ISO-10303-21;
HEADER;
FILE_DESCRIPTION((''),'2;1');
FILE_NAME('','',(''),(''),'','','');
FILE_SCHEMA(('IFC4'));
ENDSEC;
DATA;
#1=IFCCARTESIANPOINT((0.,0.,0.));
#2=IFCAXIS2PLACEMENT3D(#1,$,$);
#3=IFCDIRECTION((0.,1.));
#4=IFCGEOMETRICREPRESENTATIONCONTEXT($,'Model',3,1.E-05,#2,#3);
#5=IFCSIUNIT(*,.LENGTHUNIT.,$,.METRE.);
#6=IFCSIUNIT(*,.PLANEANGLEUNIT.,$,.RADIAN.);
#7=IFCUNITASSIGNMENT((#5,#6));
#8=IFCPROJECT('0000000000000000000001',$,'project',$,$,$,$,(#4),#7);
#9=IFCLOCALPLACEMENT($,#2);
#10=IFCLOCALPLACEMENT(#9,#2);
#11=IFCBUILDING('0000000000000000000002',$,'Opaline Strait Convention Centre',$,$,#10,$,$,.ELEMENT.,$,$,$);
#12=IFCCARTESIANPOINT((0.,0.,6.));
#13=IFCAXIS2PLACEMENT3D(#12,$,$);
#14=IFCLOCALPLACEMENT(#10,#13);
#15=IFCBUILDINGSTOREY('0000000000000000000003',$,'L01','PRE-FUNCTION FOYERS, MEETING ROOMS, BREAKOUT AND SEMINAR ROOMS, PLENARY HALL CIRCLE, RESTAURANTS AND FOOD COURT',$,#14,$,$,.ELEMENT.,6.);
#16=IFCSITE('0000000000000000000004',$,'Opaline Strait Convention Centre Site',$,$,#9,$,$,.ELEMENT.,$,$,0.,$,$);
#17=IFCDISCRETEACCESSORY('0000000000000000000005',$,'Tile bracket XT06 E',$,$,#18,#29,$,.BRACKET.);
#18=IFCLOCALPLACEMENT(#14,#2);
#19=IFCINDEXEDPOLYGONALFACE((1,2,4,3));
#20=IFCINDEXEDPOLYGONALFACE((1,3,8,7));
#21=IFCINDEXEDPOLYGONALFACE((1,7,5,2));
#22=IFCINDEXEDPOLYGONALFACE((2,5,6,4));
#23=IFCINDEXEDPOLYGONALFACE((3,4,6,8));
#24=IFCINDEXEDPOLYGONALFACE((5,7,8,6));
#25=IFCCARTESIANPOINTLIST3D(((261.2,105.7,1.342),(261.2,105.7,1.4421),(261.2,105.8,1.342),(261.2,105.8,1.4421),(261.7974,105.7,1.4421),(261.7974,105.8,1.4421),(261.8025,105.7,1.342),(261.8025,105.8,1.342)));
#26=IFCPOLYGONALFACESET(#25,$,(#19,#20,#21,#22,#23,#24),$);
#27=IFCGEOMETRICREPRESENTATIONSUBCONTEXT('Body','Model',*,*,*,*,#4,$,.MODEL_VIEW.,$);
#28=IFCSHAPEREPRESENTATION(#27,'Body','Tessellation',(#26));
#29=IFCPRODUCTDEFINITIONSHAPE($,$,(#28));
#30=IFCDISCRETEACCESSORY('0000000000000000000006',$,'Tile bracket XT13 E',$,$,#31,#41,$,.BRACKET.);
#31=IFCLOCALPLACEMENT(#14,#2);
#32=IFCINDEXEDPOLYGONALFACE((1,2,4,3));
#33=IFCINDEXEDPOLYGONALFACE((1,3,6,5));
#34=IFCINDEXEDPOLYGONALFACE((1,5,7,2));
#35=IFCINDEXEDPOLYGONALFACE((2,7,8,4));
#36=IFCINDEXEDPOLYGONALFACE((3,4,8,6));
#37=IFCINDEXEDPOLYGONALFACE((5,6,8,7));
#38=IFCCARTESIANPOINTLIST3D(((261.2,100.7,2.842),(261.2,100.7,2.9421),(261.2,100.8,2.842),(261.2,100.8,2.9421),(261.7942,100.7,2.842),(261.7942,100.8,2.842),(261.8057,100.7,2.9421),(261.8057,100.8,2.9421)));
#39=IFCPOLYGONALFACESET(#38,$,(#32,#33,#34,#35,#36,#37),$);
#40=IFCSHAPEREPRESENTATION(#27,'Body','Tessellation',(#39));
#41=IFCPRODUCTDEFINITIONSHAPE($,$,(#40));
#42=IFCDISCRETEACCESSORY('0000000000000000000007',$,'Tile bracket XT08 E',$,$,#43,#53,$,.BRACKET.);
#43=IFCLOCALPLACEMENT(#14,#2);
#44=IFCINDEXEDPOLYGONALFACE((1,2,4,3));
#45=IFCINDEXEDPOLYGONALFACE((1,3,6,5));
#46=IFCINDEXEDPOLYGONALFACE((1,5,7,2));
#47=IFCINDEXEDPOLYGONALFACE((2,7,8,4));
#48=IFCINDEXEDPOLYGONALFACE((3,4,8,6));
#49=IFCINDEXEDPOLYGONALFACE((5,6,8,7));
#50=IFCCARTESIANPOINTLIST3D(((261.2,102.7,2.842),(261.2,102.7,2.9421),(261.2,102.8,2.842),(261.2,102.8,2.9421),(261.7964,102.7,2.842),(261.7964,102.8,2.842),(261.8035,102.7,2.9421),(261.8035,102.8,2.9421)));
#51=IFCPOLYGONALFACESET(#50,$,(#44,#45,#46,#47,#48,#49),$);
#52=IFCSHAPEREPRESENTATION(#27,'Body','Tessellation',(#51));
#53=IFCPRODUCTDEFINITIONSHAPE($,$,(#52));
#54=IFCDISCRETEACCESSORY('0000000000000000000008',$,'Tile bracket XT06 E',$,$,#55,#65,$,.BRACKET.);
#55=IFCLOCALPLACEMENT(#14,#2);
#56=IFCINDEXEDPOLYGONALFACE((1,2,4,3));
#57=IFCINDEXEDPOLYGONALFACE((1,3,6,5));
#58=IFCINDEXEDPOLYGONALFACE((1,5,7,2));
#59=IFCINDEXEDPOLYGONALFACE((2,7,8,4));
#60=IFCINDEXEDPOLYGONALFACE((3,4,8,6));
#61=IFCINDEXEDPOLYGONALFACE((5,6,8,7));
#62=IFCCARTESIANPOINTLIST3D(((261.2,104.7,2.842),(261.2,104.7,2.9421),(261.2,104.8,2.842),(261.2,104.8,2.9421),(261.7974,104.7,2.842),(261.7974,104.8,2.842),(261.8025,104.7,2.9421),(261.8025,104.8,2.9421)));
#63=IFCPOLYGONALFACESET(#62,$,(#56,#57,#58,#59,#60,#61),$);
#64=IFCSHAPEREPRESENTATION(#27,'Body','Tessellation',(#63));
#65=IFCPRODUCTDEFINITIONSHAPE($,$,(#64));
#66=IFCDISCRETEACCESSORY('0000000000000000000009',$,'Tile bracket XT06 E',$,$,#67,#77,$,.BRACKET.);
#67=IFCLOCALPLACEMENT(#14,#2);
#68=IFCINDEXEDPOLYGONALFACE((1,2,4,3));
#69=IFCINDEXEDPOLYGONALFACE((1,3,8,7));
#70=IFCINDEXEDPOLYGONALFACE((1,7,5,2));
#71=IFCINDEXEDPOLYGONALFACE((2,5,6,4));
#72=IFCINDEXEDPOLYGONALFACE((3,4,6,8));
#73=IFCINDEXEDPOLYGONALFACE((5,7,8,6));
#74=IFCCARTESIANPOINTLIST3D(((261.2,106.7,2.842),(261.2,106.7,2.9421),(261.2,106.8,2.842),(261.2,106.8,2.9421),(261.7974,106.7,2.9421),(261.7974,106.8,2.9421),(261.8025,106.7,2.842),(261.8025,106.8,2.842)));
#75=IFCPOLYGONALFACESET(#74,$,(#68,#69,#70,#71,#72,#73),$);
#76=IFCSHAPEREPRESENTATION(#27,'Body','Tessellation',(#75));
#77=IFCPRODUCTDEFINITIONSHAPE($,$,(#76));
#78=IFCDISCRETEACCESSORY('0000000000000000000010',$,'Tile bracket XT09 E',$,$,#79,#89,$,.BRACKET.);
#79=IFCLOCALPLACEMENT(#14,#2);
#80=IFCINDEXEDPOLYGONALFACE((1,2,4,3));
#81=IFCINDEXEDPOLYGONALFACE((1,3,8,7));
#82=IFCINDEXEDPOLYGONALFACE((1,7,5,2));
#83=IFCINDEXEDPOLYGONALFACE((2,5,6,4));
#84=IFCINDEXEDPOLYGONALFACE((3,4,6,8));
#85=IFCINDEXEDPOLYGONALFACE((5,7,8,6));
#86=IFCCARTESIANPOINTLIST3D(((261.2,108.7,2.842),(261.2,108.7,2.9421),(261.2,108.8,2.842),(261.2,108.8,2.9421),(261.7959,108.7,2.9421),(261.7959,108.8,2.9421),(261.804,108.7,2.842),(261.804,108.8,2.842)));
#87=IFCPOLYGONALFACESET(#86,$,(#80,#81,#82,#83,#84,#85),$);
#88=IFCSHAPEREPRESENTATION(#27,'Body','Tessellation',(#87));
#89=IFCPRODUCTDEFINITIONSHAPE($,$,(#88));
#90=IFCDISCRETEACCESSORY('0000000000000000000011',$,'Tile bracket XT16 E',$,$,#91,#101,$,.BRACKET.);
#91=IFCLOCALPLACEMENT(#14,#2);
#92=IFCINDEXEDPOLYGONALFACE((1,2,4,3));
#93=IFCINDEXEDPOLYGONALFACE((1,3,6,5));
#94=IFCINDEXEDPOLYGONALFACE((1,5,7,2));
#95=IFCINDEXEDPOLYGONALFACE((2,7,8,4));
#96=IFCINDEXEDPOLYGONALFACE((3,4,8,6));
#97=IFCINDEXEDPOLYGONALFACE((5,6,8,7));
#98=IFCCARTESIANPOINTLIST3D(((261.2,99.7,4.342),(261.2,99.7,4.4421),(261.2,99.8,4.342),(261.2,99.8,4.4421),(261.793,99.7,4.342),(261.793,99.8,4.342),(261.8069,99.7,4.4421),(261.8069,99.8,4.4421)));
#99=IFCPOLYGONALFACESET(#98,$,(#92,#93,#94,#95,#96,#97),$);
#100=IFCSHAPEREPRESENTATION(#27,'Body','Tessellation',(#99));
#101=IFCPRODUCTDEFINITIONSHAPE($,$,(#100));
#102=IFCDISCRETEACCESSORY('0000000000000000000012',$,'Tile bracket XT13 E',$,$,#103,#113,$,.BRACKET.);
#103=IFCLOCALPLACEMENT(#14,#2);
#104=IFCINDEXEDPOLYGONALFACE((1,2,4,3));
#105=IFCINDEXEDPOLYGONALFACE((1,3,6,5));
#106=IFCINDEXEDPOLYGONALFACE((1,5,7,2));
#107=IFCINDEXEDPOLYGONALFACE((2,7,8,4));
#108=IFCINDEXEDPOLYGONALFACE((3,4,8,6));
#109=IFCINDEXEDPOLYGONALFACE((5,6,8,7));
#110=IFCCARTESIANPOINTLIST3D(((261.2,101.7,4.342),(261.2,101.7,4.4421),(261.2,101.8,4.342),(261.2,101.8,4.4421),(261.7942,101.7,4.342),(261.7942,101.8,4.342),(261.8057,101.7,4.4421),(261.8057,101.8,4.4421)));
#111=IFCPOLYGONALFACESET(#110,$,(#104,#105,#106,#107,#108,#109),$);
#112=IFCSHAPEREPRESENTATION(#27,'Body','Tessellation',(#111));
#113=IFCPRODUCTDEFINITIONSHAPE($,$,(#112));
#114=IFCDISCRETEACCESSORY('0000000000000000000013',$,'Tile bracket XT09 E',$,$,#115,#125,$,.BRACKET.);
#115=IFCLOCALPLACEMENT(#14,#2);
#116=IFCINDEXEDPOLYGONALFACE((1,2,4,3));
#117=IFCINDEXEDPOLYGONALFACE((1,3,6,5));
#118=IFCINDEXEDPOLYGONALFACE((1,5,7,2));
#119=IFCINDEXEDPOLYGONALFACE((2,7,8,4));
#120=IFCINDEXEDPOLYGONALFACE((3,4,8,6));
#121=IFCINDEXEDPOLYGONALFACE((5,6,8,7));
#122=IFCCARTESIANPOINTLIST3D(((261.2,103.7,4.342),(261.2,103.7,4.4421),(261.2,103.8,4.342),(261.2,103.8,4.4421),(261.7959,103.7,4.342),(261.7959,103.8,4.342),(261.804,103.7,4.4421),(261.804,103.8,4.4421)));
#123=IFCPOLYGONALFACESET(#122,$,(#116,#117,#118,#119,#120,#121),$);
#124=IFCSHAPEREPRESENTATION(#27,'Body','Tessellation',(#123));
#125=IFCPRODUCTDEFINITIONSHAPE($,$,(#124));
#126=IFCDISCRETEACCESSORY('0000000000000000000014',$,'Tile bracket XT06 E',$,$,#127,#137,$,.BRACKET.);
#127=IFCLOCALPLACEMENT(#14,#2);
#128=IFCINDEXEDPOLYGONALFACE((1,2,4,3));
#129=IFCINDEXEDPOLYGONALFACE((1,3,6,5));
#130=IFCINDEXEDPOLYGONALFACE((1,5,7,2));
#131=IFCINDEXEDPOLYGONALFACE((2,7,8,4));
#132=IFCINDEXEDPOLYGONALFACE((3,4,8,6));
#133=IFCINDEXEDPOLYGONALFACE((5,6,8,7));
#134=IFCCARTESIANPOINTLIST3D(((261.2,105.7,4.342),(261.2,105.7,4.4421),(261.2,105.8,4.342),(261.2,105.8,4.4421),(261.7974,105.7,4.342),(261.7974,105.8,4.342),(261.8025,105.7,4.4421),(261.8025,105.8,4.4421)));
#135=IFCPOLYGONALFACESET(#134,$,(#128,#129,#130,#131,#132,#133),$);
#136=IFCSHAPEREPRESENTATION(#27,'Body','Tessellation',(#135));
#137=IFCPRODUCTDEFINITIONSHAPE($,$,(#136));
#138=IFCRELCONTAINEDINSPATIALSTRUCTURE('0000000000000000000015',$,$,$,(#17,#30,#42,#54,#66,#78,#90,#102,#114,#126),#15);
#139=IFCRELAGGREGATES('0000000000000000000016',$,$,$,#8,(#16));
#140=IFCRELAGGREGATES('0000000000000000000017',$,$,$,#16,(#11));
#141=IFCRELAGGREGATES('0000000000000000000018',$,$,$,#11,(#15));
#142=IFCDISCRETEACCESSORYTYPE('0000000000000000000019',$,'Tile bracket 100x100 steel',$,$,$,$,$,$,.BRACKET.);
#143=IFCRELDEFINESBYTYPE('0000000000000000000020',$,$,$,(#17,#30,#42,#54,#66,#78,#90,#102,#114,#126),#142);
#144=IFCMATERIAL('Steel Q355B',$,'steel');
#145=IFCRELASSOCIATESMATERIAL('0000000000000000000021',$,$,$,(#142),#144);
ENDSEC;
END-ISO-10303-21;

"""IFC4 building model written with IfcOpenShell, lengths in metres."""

from ifc_helpers import new_model, si_unit, direction, frame, origin, place, context, subcontext, project, spatial, polyline, outline, extrude, material, type_object, element, save


model = new_model("IFC4")

# Units and contexts
model_context = context("Model", 3, precision=1e-05, world=origin(), true_north=direction((0.0, 1.0)))
body_context = subcontext(model_context, "Body", "Model", "MODEL_VIEW")
ifc_project = project(units=[si_unit("LENGTHUNIT", "METRE"), si_unit("PLANEANGLEUNIT", "RADIAN")], contexts=[model_context])

# Site, building, storey
site_placement = place(None, origin())
site = spatial("IfcSite", under=ifc_project, at=site_placement, Name="Opaline Strait Convention Centre Site", CompositionType="ELEMENT", RefElevation=0.0)
building_placement = place(site_placement, origin())
building = spatial("IfcBuilding", under=site, at=building_placement, Name="Opaline Strait Convention Centre", CompositionType="ELEMENT")
storey_placement = place(building_placement, frame((0.0, 0.0, 6.0)))
storey = spatial("IfcBuildingStorey", under=building, at=storey_placement, Name="L01", Description="PRE-FUNCTION FOYERS, MEETING ROOMS, BREAKOUT AND SEMINAR ROOMS, PLENARY HALL CIRCLE, RESTAURANTS AND FOOD COURT", CompositionType="ELEMENT", Elevation=6.0)

# Shared definitions
ifc_material_1 = material(Name="Steel Q355B", Category="steel")

# Discrete accessories
discrete_accessory_type = type_object("IfcDiscreteAccessoryType", Name="Tile bracket 100x100 steel", PredefinedType="BRACKET", material=ifc_material_1)
discrete_accessory_1_placement = place(storey_placement, frame((261.2, 105.7, 1.3921), z_axis=(0.0, 1.0, 0.0), x_axis=(-1.0, 0.0, 0.0)))
element("IfcDiscreteAccessory", 1, at=discrete_accessory_1_placement, inside=storey, type_object=discrete_accessory_type, Name="Tile bracket XT06 E", PredefinedType="BRACKET", context=body_context, shape_type="SweptSolid", body=[
    extrude(outline(polyline([(0.0, -0.05), (0.0, 0.05), (-0.5974, 0.05), (-0.6025, -0.05), (0.0, -0.05)])), origin(), (0.0, 0.0, 1.0), 0.1001),
])
discrete_accessory_2_placement = place(storey_placement, frame((261.2, 100.7, 2.8921), z_axis=(0.0, 1.0, 0.0), x_axis=(-1.0, 0.0, 0.0)))
element("IfcDiscreteAccessory", 2, at=discrete_accessory_2_placement, inside=storey, type_object=discrete_accessory_type, Name="Tile bracket XT13 E", PredefinedType="BRACKET", context=body_context, shape_type="SweptSolid", body=[
    extrude(outline(polyline([(0.0, -0.05), (0.0, 0.05), (-0.6057, 0.05), (-0.5942, -0.05), (0.0, -0.05)])), origin(), (0.0, 0.0, 1.0), 0.1001),
])
discrete_accessory_3_placement = place(storey_placement, frame((261.2, 102.7, 2.8921), z_axis=(0.0, 1.0, 0.0), x_axis=(-1.0, 0.0, 0.0)))
element("IfcDiscreteAccessory", 3, at=discrete_accessory_3_placement, inside=storey, type_object=discrete_accessory_type, Name="Tile bracket XT08 E", PredefinedType="BRACKET", context=body_context, shape_type="SweptSolid", body=[
    extrude(outline(polyline([(0.0, -0.05), (0.0, 0.05), (-0.6035, 0.05), (-0.5964, -0.05), (0.0, -0.05)])), origin(), (0.0, 0.0, 1.0), 0.1001),
])
discrete_accessory_4_placement = place(storey_placement, frame((261.2, 104.7, 2.8921), z_axis=(0.0, 1.0, 0.0), x_axis=(-1.0, 0.0, 0.0)))
element("IfcDiscreteAccessory", 4, at=discrete_accessory_4_placement, inside=storey, type_object=discrete_accessory_type, Name="Tile bracket XT06 E", PredefinedType="BRACKET", context=body_context, shape_type="SweptSolid", body=[
    extrude(outline(polyline([(0.0, -0.05), (0.0, 0.05), (-0.6025, 0.05), (-0.5974, -0.05), (0.0, -0.05)])), origin(), (0.0, 0.0, 1.0), 0.1001),
])
discrete_accessory_5_placement = place(storey_placement, frame((261.2, 106.7, 2.8921), z_axis=(0.0, 1.0, 0.0), x_axis=(-1.0, 0.0, 0.0)))
element("IfcDiscreteAccessory", 5, at=discrete_accessory_5_placement, inside=storey, type_object=discrete_accessory_type, Name="Tile bracket XT06 E", PredefinedType="BRACKET", context=body_context, shape_type="SweptSolid", body=[
    extrude(outline(polyline([(0.0, -0.05), (0.0, 0.05), (-0.5974, 0.05), (-0.6025, -0.05), (0.0, -0.05)])), origin(), (0.0, 0.0, 1.0), 0.1001),
])
discrete_accessory_6_placement = place(storey_placement, frame((261.2, 108.7, 2.8921), z_axis=(0.0, 1.0, 0.0), x_axis=(-1.0, 0.0, 0.0)))
element("IfcDiscreteAccessory", 6, at=discrete_accessory_6_placement, inside=storey, type_object=discrete_accessory_type, Name="Tile bracket XT09 E", PredefinedType="BRACKET", context=body_context, shape_type="SweptSolid", body=[
    extrude(outline(polyline([(0.0, -0.05), (0.0, 0.05), (-0.5959, 0.05), (-0.604, -0.05), (0.0, -0.05)])), origin(), (0.0, 0.0, 1.0), 0.1001),
])
discrete_accessory_7_placement = place(storey_placement, frame((261.2, 99.7, 4.3921), z_axis=(0.0, 1.0, 0.0), x_axis=(-1.0, 0.0, 0.0)))
element("IfcDiscreteAccessory", 7, at=discrete_accessory_7_placement, inside=storey, type_object=discrete_accessory_type, Name="Tile bracket XT16 E", PredefinedType="BRACKET", context=body_context, shape_type="SweptSolid", body=[
    extrude(outline(polyline([(0.0, -0.05), (0.0, 0.05), (-0.6069, 0.05), (-0.593, -0.05), (0.0, -0.05)])), origin(), (0.0, 0.0, 1.0), 0.1001),
])
discrete_accessory_8_placement = place(storey_placement, frame((261.2, 101.7, 4.3921), z_axis=(0.0, 1.0, 0.0), x_axis=(-1.0, 0.0, 0.0)))
element("IfcDiscreteAccessory", 8, at=discrete_accessory_8_placement, inside=storey, type_object=discrete_accessory_type, Name="Tile bracket XT13 E", PredefinedType="BRACKET", context=body_context, shape_type="SweptSolid", body=[
    extrude(outline(polyline([(0.0, -0.05), (0.0, 0.05), (-0.6057, 0.05), (-0.5942, -0.05), (0.0, -0.05)])), origin(), (0.0, 0.0, 1.0), 0.1001),
])
discrete_accessory_9_placement = place(storey_placement, frame((261.2, 103.7, 4.3921), z_axis=(0.0, 1.0, 0.0), x_axis=(-1.0, 0.0, 0.0)))
element("IfcDiscreteAccessory", 9, at=discrete_accessory_9_placement, inside=storey, type_object=discrete_accessory_type, Name="Tile bracket XT09 E", PredefinedType="BRACKET", context=body_context, shape_type="SweptSolid", body=[
    extrude(outline(polyline([(0.0, -0.05), (0.0, 0.05), (-0.604, 0.05), (-0.5959, -0.05), (0.0, -0.05)])), origin(), (0.0, 0.0, 1.0), 0.1001),
])
discrete_accessory_10_placement = place(storey_placement, frame((261.2, 105.7, 4.3921), z_axis=(0.0, 1.0, 0.0), x_axis=(-1.0, 0.0, 0.0)))
element("IfcDiscreteAccessory", 10, at=discrete_accessory_10_placement, inside=storey, type_object=discrete_accessory_type, Name="Tile bracket XT06 E", PredefinedType="BRACKET", context=body_context, shape_type="SweptSolid", body=[
    extrude(outline(polyline([(0.0, -0.05), (0.0, 0.05), (-0.6025, 0.05), (-0.5974, -0.05), (0.0, -0.05)])), origin(), (0.0, 0.0, 1.0), 0.1001),
])

save(model, "model.ifc")
